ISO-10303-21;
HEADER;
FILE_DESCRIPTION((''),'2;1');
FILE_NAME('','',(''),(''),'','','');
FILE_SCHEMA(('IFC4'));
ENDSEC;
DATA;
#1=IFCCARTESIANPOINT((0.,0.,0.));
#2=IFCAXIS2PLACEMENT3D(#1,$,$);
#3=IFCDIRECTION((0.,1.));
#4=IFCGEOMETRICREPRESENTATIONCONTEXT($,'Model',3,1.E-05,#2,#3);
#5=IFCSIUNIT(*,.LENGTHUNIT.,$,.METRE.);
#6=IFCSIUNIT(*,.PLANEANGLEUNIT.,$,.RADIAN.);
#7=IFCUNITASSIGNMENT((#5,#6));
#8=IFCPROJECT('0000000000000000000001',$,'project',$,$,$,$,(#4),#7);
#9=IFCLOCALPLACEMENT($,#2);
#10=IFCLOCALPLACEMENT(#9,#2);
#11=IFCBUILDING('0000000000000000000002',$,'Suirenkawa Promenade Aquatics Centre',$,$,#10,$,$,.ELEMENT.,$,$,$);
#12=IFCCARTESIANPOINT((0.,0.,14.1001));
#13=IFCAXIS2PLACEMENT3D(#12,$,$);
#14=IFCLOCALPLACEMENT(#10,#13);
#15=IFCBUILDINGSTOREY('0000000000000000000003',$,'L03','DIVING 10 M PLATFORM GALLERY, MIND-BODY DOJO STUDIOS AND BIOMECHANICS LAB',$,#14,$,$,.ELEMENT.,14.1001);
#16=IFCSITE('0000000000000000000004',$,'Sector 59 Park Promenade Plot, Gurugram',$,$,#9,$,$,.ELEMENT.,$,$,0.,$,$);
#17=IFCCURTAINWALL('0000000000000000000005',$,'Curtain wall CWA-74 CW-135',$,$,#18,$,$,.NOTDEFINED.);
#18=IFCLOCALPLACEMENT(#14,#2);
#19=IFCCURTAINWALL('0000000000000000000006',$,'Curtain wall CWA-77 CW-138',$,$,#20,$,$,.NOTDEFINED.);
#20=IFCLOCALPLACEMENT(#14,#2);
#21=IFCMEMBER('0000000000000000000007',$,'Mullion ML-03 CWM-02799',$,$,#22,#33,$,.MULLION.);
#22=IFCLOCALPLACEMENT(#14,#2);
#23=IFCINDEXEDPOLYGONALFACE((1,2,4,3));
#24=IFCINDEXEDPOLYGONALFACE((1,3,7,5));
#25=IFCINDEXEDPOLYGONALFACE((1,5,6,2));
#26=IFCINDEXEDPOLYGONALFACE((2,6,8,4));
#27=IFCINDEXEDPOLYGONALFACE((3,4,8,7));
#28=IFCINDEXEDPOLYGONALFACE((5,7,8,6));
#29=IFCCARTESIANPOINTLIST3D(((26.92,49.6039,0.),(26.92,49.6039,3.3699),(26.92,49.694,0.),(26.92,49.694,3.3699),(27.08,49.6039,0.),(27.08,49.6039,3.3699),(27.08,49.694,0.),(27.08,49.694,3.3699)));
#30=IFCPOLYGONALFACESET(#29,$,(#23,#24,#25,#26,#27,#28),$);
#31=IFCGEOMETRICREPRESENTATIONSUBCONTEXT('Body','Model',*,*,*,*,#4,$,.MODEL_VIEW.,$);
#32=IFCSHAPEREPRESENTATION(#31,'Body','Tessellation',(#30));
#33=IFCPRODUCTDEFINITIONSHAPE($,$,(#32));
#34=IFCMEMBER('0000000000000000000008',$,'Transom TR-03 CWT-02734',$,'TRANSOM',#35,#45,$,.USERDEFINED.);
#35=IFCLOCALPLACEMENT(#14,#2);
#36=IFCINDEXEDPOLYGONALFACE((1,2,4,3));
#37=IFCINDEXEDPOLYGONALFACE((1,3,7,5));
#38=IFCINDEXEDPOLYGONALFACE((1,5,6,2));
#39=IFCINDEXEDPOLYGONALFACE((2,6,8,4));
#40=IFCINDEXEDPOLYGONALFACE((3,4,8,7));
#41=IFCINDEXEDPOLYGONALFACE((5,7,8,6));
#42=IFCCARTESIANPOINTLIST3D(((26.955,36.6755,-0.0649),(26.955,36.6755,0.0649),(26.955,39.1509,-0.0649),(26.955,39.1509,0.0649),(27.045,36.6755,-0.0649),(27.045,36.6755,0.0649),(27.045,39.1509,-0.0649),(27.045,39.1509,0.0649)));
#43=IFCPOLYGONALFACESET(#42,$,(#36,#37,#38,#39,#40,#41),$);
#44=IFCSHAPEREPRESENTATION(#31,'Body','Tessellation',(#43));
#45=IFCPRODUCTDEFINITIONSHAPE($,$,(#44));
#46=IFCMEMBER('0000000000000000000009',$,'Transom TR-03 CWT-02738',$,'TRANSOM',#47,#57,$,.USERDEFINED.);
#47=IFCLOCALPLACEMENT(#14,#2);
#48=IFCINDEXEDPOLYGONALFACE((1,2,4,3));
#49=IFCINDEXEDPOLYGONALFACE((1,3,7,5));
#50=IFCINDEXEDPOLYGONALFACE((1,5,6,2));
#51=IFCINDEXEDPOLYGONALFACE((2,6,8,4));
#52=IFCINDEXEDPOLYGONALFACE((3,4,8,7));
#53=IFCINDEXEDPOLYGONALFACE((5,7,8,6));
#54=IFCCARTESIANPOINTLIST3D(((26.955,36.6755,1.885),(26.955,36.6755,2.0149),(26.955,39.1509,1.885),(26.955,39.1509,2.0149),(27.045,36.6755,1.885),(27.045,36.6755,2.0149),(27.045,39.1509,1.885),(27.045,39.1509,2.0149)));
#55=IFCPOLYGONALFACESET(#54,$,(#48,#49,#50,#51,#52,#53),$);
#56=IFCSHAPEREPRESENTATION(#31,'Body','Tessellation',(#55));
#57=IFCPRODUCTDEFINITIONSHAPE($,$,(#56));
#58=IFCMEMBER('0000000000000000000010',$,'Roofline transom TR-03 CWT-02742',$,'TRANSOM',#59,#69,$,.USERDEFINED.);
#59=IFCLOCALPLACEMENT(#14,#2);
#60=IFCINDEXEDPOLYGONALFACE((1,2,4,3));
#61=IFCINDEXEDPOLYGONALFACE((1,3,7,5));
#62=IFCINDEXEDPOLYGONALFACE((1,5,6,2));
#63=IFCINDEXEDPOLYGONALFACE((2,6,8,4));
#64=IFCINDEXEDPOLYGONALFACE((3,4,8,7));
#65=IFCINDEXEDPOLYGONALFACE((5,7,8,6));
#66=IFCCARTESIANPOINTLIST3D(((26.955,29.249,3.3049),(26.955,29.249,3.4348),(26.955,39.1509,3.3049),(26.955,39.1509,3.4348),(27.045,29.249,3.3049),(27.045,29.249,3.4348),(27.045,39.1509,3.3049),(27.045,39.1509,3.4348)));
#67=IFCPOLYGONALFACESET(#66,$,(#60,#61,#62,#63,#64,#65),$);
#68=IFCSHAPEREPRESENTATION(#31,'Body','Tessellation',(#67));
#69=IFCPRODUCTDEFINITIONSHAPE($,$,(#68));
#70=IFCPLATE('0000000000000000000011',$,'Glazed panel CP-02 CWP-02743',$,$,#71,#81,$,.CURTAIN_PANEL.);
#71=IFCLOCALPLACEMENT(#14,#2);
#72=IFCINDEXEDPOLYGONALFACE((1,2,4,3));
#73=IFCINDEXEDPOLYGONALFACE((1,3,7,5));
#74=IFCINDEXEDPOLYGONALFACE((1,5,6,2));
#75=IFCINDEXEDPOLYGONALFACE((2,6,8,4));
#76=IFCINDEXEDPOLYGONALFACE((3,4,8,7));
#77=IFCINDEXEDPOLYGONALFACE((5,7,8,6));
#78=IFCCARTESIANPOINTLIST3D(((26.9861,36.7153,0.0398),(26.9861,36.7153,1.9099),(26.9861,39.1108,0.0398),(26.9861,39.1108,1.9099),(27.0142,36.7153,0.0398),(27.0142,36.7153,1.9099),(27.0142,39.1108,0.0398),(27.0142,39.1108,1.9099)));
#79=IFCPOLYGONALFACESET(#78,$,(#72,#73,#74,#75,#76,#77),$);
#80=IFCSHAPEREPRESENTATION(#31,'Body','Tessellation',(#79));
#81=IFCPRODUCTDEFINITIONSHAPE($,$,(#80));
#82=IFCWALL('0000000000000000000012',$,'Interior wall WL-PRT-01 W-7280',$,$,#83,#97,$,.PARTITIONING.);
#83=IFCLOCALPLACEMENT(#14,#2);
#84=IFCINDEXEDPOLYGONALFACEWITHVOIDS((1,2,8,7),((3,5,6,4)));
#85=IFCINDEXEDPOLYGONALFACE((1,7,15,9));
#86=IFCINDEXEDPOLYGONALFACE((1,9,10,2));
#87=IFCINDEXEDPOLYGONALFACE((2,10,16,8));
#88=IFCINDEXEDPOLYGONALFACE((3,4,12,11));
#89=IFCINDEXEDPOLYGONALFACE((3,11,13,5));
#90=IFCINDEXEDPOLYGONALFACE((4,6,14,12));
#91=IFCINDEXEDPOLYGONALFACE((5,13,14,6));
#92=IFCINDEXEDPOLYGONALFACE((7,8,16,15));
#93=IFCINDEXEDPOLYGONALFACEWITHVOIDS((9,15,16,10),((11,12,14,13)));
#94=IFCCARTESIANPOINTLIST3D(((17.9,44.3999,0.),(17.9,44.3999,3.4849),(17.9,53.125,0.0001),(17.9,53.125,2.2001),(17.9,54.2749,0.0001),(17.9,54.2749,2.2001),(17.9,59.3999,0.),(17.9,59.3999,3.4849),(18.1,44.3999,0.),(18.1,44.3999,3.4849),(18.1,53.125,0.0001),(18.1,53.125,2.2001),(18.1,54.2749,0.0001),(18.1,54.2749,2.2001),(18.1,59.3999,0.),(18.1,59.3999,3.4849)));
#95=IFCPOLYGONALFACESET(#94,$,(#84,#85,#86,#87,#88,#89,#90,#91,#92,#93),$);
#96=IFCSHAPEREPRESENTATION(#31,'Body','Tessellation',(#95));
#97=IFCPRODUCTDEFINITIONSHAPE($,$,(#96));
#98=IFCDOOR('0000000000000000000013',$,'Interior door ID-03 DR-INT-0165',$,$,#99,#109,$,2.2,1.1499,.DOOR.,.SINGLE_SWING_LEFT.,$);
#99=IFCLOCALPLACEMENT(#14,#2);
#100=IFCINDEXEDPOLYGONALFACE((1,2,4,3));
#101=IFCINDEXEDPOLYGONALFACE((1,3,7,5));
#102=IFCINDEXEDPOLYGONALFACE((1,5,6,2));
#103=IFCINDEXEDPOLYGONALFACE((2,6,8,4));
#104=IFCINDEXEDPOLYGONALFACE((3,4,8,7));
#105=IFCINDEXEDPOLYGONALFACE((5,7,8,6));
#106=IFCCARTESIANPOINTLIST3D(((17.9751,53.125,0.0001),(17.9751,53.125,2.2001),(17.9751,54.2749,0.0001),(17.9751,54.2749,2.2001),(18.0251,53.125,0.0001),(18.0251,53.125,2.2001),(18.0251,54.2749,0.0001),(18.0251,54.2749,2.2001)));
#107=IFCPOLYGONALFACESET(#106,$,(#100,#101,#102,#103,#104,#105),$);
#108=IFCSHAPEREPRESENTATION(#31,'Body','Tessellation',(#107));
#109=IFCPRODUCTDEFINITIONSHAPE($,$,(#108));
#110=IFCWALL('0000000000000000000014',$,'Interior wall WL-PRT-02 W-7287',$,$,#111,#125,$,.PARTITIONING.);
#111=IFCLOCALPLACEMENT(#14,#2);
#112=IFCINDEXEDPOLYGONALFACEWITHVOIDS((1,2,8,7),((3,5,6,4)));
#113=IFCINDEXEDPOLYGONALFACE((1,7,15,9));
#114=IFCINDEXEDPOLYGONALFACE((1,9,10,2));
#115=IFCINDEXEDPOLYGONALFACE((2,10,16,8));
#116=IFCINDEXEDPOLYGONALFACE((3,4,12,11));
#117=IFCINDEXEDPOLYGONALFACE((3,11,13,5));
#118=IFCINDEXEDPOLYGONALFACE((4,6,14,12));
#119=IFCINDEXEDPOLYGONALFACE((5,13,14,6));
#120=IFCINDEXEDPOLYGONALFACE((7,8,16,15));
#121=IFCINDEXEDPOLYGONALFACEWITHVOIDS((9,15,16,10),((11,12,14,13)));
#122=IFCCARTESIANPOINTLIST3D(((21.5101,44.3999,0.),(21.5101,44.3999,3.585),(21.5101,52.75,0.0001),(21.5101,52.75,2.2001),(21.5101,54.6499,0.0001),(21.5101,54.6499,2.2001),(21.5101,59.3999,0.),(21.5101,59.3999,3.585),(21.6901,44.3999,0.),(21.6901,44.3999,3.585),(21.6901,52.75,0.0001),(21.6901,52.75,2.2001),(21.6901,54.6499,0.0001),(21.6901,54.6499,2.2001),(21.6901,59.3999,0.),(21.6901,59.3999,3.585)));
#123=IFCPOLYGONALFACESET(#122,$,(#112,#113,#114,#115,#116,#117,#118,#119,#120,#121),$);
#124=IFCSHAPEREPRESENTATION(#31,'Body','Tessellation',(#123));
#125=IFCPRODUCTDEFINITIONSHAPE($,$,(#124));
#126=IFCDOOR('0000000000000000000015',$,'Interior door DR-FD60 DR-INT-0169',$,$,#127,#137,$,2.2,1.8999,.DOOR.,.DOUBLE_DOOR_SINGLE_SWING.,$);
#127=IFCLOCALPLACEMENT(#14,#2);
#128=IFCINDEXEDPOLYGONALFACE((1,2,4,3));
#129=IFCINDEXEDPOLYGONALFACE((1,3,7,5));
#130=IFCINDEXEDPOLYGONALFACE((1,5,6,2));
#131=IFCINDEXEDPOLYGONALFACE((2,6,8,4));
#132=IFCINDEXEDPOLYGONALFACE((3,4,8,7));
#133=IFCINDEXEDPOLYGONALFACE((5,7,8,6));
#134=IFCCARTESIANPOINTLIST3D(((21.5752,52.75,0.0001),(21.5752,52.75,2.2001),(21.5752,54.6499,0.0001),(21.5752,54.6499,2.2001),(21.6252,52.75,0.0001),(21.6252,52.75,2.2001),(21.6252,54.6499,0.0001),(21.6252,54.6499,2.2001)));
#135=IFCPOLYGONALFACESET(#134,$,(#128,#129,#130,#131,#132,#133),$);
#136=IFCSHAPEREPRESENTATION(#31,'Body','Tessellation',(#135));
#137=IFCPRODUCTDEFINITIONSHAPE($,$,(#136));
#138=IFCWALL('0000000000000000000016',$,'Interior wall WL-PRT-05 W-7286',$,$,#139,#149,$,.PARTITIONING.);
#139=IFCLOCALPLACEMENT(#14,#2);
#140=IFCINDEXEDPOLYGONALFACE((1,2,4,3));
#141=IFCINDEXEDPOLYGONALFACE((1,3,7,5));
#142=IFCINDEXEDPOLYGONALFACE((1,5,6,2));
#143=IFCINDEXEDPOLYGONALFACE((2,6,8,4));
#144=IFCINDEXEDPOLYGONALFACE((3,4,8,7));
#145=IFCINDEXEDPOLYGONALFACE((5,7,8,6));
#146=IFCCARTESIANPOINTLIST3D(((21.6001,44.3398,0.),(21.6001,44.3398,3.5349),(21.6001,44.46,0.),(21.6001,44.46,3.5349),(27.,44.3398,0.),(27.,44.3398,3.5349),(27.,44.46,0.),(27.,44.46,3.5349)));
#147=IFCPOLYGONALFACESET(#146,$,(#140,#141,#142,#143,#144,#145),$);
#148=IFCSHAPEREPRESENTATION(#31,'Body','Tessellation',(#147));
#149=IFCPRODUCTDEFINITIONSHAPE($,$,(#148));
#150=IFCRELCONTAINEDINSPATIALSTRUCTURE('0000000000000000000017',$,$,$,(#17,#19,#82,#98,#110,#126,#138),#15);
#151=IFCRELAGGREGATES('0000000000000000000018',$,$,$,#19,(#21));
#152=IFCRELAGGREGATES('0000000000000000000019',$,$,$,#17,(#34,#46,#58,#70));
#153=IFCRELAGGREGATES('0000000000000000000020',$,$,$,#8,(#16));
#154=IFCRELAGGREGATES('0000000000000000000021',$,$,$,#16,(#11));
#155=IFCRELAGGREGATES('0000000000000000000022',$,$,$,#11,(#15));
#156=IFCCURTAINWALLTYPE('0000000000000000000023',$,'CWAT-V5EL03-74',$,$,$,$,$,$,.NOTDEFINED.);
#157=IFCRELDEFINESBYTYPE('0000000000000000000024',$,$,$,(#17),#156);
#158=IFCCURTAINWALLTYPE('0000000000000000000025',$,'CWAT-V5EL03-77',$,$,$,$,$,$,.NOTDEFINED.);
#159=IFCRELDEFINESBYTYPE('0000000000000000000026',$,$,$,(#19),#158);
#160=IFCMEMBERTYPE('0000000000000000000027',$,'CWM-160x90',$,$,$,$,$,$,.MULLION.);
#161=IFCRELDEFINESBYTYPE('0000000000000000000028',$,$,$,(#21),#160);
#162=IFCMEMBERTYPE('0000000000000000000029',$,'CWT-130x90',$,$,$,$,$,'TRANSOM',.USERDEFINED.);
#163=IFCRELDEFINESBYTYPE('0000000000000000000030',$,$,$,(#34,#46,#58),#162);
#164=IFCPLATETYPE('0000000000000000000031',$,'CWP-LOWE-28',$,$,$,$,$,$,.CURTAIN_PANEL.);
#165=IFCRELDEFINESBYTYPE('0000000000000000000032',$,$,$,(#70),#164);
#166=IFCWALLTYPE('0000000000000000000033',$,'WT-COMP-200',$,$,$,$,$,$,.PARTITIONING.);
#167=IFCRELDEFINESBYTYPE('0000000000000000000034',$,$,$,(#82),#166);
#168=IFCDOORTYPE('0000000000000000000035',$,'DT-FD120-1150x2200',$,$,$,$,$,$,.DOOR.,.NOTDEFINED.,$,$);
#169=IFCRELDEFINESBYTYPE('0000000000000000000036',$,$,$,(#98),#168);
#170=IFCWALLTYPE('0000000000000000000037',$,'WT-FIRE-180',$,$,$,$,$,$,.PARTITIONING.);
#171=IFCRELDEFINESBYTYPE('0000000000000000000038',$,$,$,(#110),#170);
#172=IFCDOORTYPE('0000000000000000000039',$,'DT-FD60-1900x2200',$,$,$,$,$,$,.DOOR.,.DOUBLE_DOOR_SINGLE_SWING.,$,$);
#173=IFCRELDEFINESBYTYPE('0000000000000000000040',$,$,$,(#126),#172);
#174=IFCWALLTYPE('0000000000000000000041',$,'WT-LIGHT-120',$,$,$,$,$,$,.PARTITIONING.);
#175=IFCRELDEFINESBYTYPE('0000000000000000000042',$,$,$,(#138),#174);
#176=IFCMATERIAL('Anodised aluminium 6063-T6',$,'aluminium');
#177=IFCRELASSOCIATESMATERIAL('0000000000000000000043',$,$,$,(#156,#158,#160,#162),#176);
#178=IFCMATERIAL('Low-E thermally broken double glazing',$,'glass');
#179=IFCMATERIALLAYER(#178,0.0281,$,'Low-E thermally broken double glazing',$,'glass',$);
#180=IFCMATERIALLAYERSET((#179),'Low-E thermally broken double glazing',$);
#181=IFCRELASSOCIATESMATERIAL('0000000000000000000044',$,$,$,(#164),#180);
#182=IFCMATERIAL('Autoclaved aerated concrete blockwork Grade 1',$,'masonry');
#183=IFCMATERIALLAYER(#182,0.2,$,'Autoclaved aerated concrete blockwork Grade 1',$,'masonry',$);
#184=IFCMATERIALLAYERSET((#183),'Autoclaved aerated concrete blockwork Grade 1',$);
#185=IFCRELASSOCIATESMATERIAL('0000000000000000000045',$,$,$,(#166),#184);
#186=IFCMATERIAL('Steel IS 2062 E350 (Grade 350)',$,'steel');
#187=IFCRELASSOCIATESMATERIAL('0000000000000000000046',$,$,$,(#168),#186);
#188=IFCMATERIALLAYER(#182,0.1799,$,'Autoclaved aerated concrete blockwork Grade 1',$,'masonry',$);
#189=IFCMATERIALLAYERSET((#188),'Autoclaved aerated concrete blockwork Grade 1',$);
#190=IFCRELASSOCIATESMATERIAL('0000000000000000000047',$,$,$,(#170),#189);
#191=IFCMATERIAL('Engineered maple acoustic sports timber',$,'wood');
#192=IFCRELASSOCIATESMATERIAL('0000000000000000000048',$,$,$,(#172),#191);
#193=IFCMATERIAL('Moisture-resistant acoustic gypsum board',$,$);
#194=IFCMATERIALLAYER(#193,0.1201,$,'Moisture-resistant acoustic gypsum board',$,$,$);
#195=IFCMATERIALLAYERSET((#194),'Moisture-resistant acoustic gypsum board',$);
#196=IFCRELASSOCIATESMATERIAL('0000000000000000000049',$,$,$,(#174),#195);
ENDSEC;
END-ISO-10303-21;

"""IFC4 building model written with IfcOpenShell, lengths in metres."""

from ifc_helpers import new_model, si_unit, direction, frame, frame_2d, origin, origin_2d, place, context, subcontext, project, spatial, polyline, rectangle, outline, extrude, material, layer, layer_set, material_profile, profile_set, type_object, element, fill, aggregate, save


model = new_model("IFC4")

# Units and contexts
model_context = context("Model", 3, precision=1e-05, world=origin(), true_north=direction((0.0, 1.0)))
body_context = subcontext(model_context, "Body", "Model", "MODEL_VIEW")
ifc_project = project(units=[si_unit("LENGTHUNIT", "METRE"), si_unit("PLANEANGLEUNIT", "RADIAN")], contexts=[model_context])

# Site, building, storey
site_placement = place(None, origin())
site = spatial("IfcSite", under=ifc_project, at=site_placement, Name="Sector 59 Park Promenade Plot, Gurugram", CompositionType="ELEMENT", RefElevation=0.0)
building_placement = place(site_placement, origin())
building = spatial("IfcBuilding", under=site, at=building_placement, Name="Suirenkawa Promenade Aquatics Centre", CompositionType="ELEMENT")
storey_placement = place(building_placement, frame((0.0, 0.0, 14.1001)))
storey = spatial("IfcBuildingStorey", under=building, at=storey_placement, Name="L03", Description="DIVING 10 M PLATFORM GALLERY, MIND-BODY DOJO STUDIOS AND BIOMECHANICS LAB", CompositionType="ELEMENT", Elevation=14.1001)

# Shared definitions
ifc_material_1 = material(Name="Steel IS 2062 E350 (Grade 350)", Category="steel")

# Curtain walls, member
ifc_material_2 = material(Name="Anodised aluminium 6063-T6", Category="aluminium")
curtain_wall_type_1 = type_object("IfcCurtainWallType", Name="CWAT-V5EL03-74", PredefinedType="NOTDEFINED", material=ifc_material_2)
curtain_wall_1_placement = place(storey_placement, origin())
curtain_wall_1 = element("IfcCurtainWall", 1, at=curtain_wall_1_placement, inside=storey, type_object=curtain_wall_type_1, Name="Curtain wall CWA-74 CW-135", PredefinedType="NOTDEFINED")
ifc_material_profile_1 = material_profile(ifc_material_2, rectangle(XDim=0.0901, YDim=0.1599, at=origin_2d()), Name="ALU MULL 90x160", Category="aluminium")
ifc_profile_set_1 = profile_set([ifc_material_profile_1], Name="Anodised aluminium 6063-T6")
member_type_1 = type_object("IfcMemberType", Name="CWM-160x90", PredefinedType="MULLION", material=ifc_profile_set_1)
curtain_wall_type_2 = type_object("IfcCurtainWallType", Name="CWAT-V5EL03-77", PredefinedType="NOTDEFINED", material=ifc_material_2)
curtain_wall_2_placement = place(storey_placement, origin())
curtain_wall_2 = element("IfcCurtainWall", 2, at=curtain_wall_2_placement, inside=storey, type_object=curtain_wall_type_2, Name="Curtain wall CWA-77 CW-138", PredefinedType="NOTDEFINED")
member_1_placement = place(storey_placement, frame((27.0, 49.6489, 0.0), z_axis=(0.0, 0.0, 1.0), x_axis=(0.0, -1.0, 0.0)))
member_1 = element("IfcMember", 3, at=member_1_placement, type_object=member_type_1, Name="Mullion ML-03 CWM-02799", PredefinedType="MULLION", context=body_context, shape_type="SweptSolid", body=[
    extrude(rectangle(XDim=0.0901, YDim=0.1599, at=origin_2d()), origin(), (0.0, 0.0, 1.0), 3.3699),
])
aggregate(curtain_wall_2, [member_1])

# Members
ifc_material_profile_2 = material_profile(ifc_material_2, rectangle(XDim=0.0901, YDim=0.1299, at=origin_2d()), Name="ALU TRAN 90x130", Category="aluminium")
ifc_profile_set_2 = profile_set([ifc_material_profile_2], Name="Anodised aluminium 6063-T6")
member_type_2 = type_object("IfcMemberType", Name="CWT-130x90", ElementType="TRANSOM", PredefinedType="USERDEFINED", material=ifc_profile_set_2)
member_2_placement = place(storey_placement, frame((27.0, 39.1509, 0.0), z_axis=(0.0, -1.0, 0.0), x_axis=(1.0, 0.0, 0.0)))
member_2 = element("IfcMember", 4, at=member_2_placement, type_object=member_type_2, Name="Transom TR-03 CWT-02734", ObjectType="TRANSOM", PredefinedType="USERDEFINED", context=body_context, shape_type="SweptSolid", body=[
    extrude(rectangle(XDim=0.0901, YDim=0.1299, at=origin_2d()), origin(), (0.0, 0.0, 1.0), 2.4753),
])
member_3_placement = place(storey_placement, frame((27.0, 39.1509, 1.95), z_axis=(0.0, -1.0, 0.0), x_axis=(1.0, 0.0, 0.0)))
member_3 = element("IfcMember", 5, at=member_3_placement, type_object=member_type_2, Name="Transom TR-03 CWT-02738", ObjectType="TRANSOM", PredefinedType="USERDEFINED", context=body_context, shape_type="SweptSolid", body=[
    extrude(rectangle(XDim=0.0901, YDim=0.1299, at=origin_2d()), origin(), (0.0, 0.0, 1.0), 2.4753),
])
member_4_placement = place(storey_placement, frame((27.0, 39.1509, 3.3699), z_axis=(0.0, -1.0, 0.0), x_axis=(1.0, 0.0, 0.0)))
member_4 = element("IfcMember", 6, at=member_4_placement, type_object=member_type_2, Name="Roofline transom TR-03 CWT-02742", ObjectType="TRANSOM", PredefinedType="USERDEFINED", context=body_context, shape_type="SweptSolid", body=[
    extrude(rectangle(XDim=0.0901, YDim=0.1299, at=origin_2d()), origin(), (0.0, 0.0, 1.0), 9.9019),
])

# Plate
ifc_material_3 = material(Name="Low-E thermally broken double glazing", Category="glass")
ifc_layer_1 = layer(ifc_material_3, 0.0281, Name="Low-E thermally broken double glazing", Category="glass")
ifc_layer_set_1 = layer_set([ifc_layer_1], Name="Low-E thermally broken double glazing")
plate_type = type_object("IfcPlateType", Name="CWP-LOWE-28", PredefinedType="CURTAIN_PANEL", material=ifc_layer_set_1)
plate_1_placement = place(storey_placement, frame((27.0, 39.1509, 0.0398), z_axis=(0.0, 0.0, 1.0), x_axis=(0.0, -1.0, 0.0)))
plate_1 = element("IfcPlate", 7, at=plate_1_placement, type_object=plate_type, Name="Glazed panel CP-02 CWP-02743", PredefinedType="CURTAIN_PANEL", context=body_context, shape_type="SweptSolid", body=[
    extrude(outline(polyline([(0.04, 0.0), (2.4355, 0.0), (2.4355, 1.8701), (0.04, 1.8701), (0.04, 0.0)])), frame((0.0, 0.0142, 0.0), z_axis=(0.0, -1.0, 0.0), x_axis=(1.0, 0.0, 0.0)), (0.0, 0.0, 1.0), 0.0281),
])
aggregate(curtain_wall_1, [member_2, member_3, member_4, plate_1])

# Walls, openings, doors
ifc_material_4 = material(Name="Autoclaved aerated concrete blockwork Grade 1", Category="masonry")
ifc_layer_2 = layer(ifc_material_4, 0.2, Name="Autoclaved aerated concrete blockwork Grade 1", Category="masonry")
ifc_layer_set_2 = layer_set([ifc_layer_2], Name="Autoclaved aerated concrete blockwork Grade 1")
wall_type_1 = type_object("IfcWallType", Name="WT-COMP-200", PredefinedType="PARTITIONING", material=ifc_layer_set_2)
wall_1_placement = place(storey_placement, frame((18.0, 44.3999, 0.0), z_axis=(0.0, 0.0, 1.0), x_axis=(0.0, 1.0, 0.0)))
wall_1 = element("IfcWall", 8, at=wall_1_placement, inside=storey, type_object=wall_type_1, Name="Interior wall WL-PRT-01 W-7280", PredefinedType="PARTITIONING", context=body_context, shape_type="SweptSolid", body=[
    extrude(rectangle(XDim=15.0, YDim=0.2, at=frame_2d((7.5, 0.0))), origin(), (0.0, 0.0, 1.0), 3.4849),
])
opening_1_placement = place(wall_1_placement, frame((8.7251, 0.0, 0.0)))
opening_1 = element("IfcOpeningElement", 9, at=opening_1_placement, cuts=wall_1, PredefinedType="OPENING", context=body_context, shape_type="SweptSolid", body=[
    extrude(rectangle(XDim=1.1499, YDim=2.2, at=frame_2d((0.575, 1.1001))), frame((0.0, 0.1099, 0.0), z_axis=(0.0, -1.0, 0.0), x_axis=(1.0, 0.0, 0.0)), (0.0, 0.0, 1.0), 0.22),
])
door_type_1 = type_object("IfcDoorType", Name="DT-FD120-1150x2200", OperationType="NOTDEFINED", PredefinedType="DOOR", material=ifc_material_1)
door_1_placement = place(opening_1_placement, origin())
door_1 = element("IfcDoor", 10, at=door_1_placement, inside=storey, type_object=door_type_1, Name="Interior door ID-03 DR-INT-0165", OperationType="SINGLE_SWING_LEFT", OverallHeight=2.2, OverallWidth=1.1499, PredefinedType="DOOR", context=body_context, shape_type="SweptSolid", body=[
    extrude(rectangle(XDim=1.1499, YDim=2.2, at=frame_2d((0.575, 1.1001))), frame((0.0, 0.0249, 0.0), z_axis=(0.0, -1.0, 0.0), x_axis=(1.0, 0.0, 0.0)), (0.0, 0.0, 1.0), 0.05),
])
fill(opening_1, door_1)
ifc_layer_3 = layer(ifc_material_4, 0.1799, Name="Autoclaved aerated concrete blockwork Grade 1", Category="masonry")
ifc_layer_set_3 = layer_set([ifc_layer_3], Name="Autoclaved aerated concrete blockwork Grade 1")
wall_type_2 = type_object("IfcWallType", Name="WT-FIRE-180", PredefinedType="PARTITIONING", material=ifc_layer_set_3)
wall_2_placement = place(storey_placement, frame((21.6001, 44.3999, 0.0), z_axis=(0.0, 0.0, 1.0), x_axis=(0.0, 1.0, 0.0)))
wall_2 = element("IfcWall", 11, at=wall_2_placement, inside=storey, type_object=wall_type_2, Name="Interior wall WL-PRT-02 W-7287", PredefinedType="PARTITIONING", context=body_context, shape_type="SweptSolid", body=[
    extrude(rectangle(XDim=15.0, YDim=0.1799, at=frame_2d((7.5, 0.0))), origin(), (0.0, 0.0, 1.0), 3.585),
])
opening_2_placement = place(wall_2_placement, frame((8.3501, 0.0, 0.0)))
opening_2 = element("IfcOpeningElement", 12, at=opening_2_placement, cuts=wall_2, PredefinedType="OPENING", context=body_context, shape_type="SweptSolid", body=[
    extrude(rectangle(XDim=1.8999, YDim=2.2, at=frame_2d((0.95, 1.1001))), frame((0.0, 0.0999, 0.0), z_axis=(0.0, -1.0, 0.0), x_axis=(1.0, 0.0, 0.0)), (0.0, 0.0, 1.0), 0.2),
])
ifc_material_5 = material(Name="Engineered maple acoustic sports timber", Category="wood")
door_type_2 = type_object("IfcDoorType", Name="DT-FD60-1900x2200", OperationType="DOUBLE_DOOR_SINGLE_SWING", PredefinedType="DOOR", material=ifc_material_5)
door_2_placement = place(opening_2_placement, origin())
door_2 = element("IfcDoor", 13, at=door_2_placement, inside=storey, type_object=door_type_2, Name="Interior door DR-FD60 DR-INT-0169", OperationType="DOUBLE_DOOR_SINGLE_SWING", OverallHeight=2.2, OverallWidth=1.8999, PredefinedType="DOOR", context=body_context, shape_type="SweptSolid", body=[
    extrude(rectangle(XDim=1.8999, YDim=2.2, at=frame_2d((0.95, 1.1001))), frame((0.0, 0.0249, 0.0), z_axis=(0.0, -1.0, 0.0), x_axis=(1.0, 0.0, 0.0)), (0.0, 0.0, 1.0), 0.05),
])
fill(opening_2, door_2)

# Wall
ifc_material_6 = material(Name="Moisture-resistant acoustic gypsum board")
ifc_layer_4 = layer(ifc_material_6, 0.1201, Name="Moisture-resistant acoustic gypsum board")
ifc_layer_set_4 = layer_set([ifc_layer_4], Name="Moisture-resistant acoustic gypsum board")
wall_type_3 = type_object("IfcWallType", Name="WT-LIGHT-120", PredefinedType="PARTITIONING", material=ifc_layer_set_4)
wall_3_placement = place(storey_placement, frame((21.6001, 44.3999, 0.0), z_axis=(0.0, 0.0, 1.0), x_axis=(1.0, 0.0, 0.0)))
element("IfcWall", 14, at=wall_3_placement, inside=storey, type_object=wall_type_3, Name="Interior wall WL-PRT-05 W-7286", PredefinedType="PARTITIONING", context=body_context, shape_type="SweptSolid", body=[
    extrude(rectangle(XDim=5.3999, YDim=0.1201, at=frame_2d((2.7, 0.0))), origin(), (0.0, 0.0, 1.0), 3.5349),
])

save(model, "model.ifc")
